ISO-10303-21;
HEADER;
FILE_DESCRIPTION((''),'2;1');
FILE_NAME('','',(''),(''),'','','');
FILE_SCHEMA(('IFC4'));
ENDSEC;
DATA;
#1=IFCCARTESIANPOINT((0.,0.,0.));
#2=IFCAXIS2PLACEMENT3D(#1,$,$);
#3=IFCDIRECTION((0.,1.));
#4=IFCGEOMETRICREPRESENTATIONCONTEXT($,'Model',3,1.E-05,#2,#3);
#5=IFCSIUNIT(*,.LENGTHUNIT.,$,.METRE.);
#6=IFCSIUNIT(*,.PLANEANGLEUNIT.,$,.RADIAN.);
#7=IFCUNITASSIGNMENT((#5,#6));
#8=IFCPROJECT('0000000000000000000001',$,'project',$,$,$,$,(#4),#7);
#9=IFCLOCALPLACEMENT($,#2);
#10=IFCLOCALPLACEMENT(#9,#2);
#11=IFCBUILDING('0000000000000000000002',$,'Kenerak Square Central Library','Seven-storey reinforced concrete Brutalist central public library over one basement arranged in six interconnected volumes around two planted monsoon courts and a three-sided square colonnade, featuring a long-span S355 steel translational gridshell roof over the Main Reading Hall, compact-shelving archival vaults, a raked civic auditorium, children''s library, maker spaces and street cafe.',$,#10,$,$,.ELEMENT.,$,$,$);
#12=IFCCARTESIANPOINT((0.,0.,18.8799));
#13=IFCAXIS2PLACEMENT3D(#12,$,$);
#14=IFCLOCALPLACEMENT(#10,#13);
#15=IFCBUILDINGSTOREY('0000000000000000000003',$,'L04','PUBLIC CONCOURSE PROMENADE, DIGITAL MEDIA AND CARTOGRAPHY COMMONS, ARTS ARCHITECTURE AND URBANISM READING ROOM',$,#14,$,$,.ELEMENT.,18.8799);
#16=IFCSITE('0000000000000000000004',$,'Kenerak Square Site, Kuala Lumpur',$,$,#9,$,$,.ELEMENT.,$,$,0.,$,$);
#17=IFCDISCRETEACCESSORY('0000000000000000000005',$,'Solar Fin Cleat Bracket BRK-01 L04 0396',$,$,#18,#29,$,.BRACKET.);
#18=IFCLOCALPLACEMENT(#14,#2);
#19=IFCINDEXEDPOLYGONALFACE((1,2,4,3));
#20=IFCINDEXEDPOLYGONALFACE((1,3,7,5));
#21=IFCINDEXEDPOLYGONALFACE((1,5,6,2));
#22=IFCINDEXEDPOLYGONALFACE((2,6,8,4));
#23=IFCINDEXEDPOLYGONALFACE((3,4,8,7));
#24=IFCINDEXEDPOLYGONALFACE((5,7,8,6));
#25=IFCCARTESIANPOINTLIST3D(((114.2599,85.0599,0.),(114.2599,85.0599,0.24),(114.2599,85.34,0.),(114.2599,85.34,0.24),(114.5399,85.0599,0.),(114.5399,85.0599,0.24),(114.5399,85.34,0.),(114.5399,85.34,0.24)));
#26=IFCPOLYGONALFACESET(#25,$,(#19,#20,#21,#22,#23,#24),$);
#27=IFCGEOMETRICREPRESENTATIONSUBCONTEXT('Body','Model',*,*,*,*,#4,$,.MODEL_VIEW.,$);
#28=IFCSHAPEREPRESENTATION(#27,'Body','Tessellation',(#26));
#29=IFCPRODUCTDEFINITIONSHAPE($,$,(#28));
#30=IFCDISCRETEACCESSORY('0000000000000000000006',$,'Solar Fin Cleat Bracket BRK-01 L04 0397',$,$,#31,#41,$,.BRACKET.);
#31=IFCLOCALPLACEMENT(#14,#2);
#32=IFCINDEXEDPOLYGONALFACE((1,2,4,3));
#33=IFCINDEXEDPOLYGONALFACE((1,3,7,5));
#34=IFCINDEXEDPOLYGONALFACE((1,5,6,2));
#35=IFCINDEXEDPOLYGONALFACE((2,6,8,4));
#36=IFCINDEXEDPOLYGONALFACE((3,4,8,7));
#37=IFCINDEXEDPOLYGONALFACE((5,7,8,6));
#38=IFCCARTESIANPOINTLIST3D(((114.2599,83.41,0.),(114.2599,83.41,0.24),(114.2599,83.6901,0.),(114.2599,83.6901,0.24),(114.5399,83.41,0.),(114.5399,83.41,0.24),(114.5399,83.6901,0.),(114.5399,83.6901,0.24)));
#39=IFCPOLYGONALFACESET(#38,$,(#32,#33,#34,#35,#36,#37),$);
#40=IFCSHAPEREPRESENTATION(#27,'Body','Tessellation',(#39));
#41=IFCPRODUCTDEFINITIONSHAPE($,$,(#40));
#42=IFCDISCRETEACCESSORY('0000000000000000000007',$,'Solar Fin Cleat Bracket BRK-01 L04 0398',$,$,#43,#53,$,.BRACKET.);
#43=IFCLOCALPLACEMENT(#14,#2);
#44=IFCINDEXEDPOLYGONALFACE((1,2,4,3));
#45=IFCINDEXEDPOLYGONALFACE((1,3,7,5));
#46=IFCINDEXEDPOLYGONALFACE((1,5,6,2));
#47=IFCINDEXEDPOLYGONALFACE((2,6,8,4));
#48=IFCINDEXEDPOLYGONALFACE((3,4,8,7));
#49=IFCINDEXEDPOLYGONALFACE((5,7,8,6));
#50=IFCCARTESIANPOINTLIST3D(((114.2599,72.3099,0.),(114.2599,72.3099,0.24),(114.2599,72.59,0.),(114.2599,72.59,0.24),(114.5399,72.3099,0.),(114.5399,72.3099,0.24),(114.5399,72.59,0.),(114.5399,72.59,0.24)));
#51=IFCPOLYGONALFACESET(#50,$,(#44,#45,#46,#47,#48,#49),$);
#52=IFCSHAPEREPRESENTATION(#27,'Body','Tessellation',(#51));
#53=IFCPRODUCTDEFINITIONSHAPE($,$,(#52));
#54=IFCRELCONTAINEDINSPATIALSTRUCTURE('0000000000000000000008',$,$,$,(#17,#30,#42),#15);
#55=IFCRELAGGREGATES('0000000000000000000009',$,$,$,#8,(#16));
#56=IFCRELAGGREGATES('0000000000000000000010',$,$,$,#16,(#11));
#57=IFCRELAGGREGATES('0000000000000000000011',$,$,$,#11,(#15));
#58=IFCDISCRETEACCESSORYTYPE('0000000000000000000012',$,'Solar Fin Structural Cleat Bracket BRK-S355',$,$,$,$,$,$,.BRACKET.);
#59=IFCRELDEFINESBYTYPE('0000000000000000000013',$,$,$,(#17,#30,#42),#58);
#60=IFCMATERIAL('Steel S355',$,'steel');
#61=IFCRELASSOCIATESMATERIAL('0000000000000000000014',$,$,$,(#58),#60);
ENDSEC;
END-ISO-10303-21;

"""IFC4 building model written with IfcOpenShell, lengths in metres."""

from ifc_helpers import new_model, si_unit, direction, frame, origin, origin_2d, place, context, subcontext, project, spatial, rectangle, extrude, material, type_object, element, save


model = new_model("IFC4")

# Units and contexts
model_context = context("Model", 3, precision=1e-05, world=origin(), true_north=direction((0.0, 1.0)))
body_context = subcontext(model_context, "Body", "Model", "MODEL_VIEW")
ifc_project = project(units=[si_unit("LENGTHUNIT", "METRE"), si_unit("PLANEANGLEUNIT", "RADIAN")], contexts=[model_context])

# Site, building, storey
site_placement = place(None, origin())
site = spatial("IfcSite", under=ifc_project, at=site_placement, Name="Kenerak Square Site, Kuala Lumpur", CompositionType="ELEMENT", RefElevation=0.0)
building_placement = place(site_placement, origin())
building = spatial("IfcBuilding", under=site, at=building_placement, Name="Kenerak Square Central Library", Description="Seven-storey reinforced concrete Brutalist central public library over one basement arranged in six interconnected volumes around two planted monsoon courts and a three-sided square colonnade, featuring a long-span S355 steel translational gridshell roof over the Main Reading Hall, compact-shelving archival vaults, a raked civic auditorium, children's library, maker spaces and street cafe.", CompositionType="ELEMENT")
storey_placement = place(building_placement, frame((0.0, 0.0, 18.8799)))
storey = spatial("IfcBuildingStorey", under=building, at=storey_placement, Name="L04", Description="PUBLIC CONCOURSE PROMENADE, DIGITAL MEDIA AND CARTOGRAPHY COMMONS, ARTS ARCHITECTURE AND URBANISM READING ROOM", CompositionType="ELEMENT", Elevation=18.8799)

# Discrete accessories
ifc_material_1 = material(Name="Steel S355", Category="steel")
discrete_accessory_type = type_object("IfcDiscreteAccessoryType", Name="Solar Fin Structural Cleat Bracket BRK-S355", PredefinedType="BRACKET", material=ifc_material_1)
for number, where, z_axis, x_axis, name in (
    (1, (114.3999, 85.2, 0.0), (0.0, 0.0, 1.0), (0.0, -1.0, 0.0), "Solar Fin Cleat Bracket BRK-01 L04 0396"),
    (2, (114.3999, 83.55, 0.0), (0.0, 0.0, 1.0), (0.0, -1.0, 0.0), "Solar Fin Cleat Bracket BRK-01 L04 0397"),
    (3, (114.3999, 72.45, 0.0), (0.0, 0.0, 1.0), (0.0, -1.0, 0.0), "Solar Fin Cleat Bracket BRK-01 L04 0398"),
):
    element("IfcDiscreteAccessory", number, at=place(storey_placement, frame(where, z_axis=z_axis, x_axis=x_axis)), inside=storey, type_object=discrete_accessory_type, Name=name, PredefinedType="BRACKET", context=body_context, shape_type="SweptSolid", body=[
        extrude(rectangle(XDim=0.28, YDim=0.28, at=origin_2d()), origin(), (0.0, 0.0, 1.0), 0.24),
    ])

save(model, "model.ifc")
